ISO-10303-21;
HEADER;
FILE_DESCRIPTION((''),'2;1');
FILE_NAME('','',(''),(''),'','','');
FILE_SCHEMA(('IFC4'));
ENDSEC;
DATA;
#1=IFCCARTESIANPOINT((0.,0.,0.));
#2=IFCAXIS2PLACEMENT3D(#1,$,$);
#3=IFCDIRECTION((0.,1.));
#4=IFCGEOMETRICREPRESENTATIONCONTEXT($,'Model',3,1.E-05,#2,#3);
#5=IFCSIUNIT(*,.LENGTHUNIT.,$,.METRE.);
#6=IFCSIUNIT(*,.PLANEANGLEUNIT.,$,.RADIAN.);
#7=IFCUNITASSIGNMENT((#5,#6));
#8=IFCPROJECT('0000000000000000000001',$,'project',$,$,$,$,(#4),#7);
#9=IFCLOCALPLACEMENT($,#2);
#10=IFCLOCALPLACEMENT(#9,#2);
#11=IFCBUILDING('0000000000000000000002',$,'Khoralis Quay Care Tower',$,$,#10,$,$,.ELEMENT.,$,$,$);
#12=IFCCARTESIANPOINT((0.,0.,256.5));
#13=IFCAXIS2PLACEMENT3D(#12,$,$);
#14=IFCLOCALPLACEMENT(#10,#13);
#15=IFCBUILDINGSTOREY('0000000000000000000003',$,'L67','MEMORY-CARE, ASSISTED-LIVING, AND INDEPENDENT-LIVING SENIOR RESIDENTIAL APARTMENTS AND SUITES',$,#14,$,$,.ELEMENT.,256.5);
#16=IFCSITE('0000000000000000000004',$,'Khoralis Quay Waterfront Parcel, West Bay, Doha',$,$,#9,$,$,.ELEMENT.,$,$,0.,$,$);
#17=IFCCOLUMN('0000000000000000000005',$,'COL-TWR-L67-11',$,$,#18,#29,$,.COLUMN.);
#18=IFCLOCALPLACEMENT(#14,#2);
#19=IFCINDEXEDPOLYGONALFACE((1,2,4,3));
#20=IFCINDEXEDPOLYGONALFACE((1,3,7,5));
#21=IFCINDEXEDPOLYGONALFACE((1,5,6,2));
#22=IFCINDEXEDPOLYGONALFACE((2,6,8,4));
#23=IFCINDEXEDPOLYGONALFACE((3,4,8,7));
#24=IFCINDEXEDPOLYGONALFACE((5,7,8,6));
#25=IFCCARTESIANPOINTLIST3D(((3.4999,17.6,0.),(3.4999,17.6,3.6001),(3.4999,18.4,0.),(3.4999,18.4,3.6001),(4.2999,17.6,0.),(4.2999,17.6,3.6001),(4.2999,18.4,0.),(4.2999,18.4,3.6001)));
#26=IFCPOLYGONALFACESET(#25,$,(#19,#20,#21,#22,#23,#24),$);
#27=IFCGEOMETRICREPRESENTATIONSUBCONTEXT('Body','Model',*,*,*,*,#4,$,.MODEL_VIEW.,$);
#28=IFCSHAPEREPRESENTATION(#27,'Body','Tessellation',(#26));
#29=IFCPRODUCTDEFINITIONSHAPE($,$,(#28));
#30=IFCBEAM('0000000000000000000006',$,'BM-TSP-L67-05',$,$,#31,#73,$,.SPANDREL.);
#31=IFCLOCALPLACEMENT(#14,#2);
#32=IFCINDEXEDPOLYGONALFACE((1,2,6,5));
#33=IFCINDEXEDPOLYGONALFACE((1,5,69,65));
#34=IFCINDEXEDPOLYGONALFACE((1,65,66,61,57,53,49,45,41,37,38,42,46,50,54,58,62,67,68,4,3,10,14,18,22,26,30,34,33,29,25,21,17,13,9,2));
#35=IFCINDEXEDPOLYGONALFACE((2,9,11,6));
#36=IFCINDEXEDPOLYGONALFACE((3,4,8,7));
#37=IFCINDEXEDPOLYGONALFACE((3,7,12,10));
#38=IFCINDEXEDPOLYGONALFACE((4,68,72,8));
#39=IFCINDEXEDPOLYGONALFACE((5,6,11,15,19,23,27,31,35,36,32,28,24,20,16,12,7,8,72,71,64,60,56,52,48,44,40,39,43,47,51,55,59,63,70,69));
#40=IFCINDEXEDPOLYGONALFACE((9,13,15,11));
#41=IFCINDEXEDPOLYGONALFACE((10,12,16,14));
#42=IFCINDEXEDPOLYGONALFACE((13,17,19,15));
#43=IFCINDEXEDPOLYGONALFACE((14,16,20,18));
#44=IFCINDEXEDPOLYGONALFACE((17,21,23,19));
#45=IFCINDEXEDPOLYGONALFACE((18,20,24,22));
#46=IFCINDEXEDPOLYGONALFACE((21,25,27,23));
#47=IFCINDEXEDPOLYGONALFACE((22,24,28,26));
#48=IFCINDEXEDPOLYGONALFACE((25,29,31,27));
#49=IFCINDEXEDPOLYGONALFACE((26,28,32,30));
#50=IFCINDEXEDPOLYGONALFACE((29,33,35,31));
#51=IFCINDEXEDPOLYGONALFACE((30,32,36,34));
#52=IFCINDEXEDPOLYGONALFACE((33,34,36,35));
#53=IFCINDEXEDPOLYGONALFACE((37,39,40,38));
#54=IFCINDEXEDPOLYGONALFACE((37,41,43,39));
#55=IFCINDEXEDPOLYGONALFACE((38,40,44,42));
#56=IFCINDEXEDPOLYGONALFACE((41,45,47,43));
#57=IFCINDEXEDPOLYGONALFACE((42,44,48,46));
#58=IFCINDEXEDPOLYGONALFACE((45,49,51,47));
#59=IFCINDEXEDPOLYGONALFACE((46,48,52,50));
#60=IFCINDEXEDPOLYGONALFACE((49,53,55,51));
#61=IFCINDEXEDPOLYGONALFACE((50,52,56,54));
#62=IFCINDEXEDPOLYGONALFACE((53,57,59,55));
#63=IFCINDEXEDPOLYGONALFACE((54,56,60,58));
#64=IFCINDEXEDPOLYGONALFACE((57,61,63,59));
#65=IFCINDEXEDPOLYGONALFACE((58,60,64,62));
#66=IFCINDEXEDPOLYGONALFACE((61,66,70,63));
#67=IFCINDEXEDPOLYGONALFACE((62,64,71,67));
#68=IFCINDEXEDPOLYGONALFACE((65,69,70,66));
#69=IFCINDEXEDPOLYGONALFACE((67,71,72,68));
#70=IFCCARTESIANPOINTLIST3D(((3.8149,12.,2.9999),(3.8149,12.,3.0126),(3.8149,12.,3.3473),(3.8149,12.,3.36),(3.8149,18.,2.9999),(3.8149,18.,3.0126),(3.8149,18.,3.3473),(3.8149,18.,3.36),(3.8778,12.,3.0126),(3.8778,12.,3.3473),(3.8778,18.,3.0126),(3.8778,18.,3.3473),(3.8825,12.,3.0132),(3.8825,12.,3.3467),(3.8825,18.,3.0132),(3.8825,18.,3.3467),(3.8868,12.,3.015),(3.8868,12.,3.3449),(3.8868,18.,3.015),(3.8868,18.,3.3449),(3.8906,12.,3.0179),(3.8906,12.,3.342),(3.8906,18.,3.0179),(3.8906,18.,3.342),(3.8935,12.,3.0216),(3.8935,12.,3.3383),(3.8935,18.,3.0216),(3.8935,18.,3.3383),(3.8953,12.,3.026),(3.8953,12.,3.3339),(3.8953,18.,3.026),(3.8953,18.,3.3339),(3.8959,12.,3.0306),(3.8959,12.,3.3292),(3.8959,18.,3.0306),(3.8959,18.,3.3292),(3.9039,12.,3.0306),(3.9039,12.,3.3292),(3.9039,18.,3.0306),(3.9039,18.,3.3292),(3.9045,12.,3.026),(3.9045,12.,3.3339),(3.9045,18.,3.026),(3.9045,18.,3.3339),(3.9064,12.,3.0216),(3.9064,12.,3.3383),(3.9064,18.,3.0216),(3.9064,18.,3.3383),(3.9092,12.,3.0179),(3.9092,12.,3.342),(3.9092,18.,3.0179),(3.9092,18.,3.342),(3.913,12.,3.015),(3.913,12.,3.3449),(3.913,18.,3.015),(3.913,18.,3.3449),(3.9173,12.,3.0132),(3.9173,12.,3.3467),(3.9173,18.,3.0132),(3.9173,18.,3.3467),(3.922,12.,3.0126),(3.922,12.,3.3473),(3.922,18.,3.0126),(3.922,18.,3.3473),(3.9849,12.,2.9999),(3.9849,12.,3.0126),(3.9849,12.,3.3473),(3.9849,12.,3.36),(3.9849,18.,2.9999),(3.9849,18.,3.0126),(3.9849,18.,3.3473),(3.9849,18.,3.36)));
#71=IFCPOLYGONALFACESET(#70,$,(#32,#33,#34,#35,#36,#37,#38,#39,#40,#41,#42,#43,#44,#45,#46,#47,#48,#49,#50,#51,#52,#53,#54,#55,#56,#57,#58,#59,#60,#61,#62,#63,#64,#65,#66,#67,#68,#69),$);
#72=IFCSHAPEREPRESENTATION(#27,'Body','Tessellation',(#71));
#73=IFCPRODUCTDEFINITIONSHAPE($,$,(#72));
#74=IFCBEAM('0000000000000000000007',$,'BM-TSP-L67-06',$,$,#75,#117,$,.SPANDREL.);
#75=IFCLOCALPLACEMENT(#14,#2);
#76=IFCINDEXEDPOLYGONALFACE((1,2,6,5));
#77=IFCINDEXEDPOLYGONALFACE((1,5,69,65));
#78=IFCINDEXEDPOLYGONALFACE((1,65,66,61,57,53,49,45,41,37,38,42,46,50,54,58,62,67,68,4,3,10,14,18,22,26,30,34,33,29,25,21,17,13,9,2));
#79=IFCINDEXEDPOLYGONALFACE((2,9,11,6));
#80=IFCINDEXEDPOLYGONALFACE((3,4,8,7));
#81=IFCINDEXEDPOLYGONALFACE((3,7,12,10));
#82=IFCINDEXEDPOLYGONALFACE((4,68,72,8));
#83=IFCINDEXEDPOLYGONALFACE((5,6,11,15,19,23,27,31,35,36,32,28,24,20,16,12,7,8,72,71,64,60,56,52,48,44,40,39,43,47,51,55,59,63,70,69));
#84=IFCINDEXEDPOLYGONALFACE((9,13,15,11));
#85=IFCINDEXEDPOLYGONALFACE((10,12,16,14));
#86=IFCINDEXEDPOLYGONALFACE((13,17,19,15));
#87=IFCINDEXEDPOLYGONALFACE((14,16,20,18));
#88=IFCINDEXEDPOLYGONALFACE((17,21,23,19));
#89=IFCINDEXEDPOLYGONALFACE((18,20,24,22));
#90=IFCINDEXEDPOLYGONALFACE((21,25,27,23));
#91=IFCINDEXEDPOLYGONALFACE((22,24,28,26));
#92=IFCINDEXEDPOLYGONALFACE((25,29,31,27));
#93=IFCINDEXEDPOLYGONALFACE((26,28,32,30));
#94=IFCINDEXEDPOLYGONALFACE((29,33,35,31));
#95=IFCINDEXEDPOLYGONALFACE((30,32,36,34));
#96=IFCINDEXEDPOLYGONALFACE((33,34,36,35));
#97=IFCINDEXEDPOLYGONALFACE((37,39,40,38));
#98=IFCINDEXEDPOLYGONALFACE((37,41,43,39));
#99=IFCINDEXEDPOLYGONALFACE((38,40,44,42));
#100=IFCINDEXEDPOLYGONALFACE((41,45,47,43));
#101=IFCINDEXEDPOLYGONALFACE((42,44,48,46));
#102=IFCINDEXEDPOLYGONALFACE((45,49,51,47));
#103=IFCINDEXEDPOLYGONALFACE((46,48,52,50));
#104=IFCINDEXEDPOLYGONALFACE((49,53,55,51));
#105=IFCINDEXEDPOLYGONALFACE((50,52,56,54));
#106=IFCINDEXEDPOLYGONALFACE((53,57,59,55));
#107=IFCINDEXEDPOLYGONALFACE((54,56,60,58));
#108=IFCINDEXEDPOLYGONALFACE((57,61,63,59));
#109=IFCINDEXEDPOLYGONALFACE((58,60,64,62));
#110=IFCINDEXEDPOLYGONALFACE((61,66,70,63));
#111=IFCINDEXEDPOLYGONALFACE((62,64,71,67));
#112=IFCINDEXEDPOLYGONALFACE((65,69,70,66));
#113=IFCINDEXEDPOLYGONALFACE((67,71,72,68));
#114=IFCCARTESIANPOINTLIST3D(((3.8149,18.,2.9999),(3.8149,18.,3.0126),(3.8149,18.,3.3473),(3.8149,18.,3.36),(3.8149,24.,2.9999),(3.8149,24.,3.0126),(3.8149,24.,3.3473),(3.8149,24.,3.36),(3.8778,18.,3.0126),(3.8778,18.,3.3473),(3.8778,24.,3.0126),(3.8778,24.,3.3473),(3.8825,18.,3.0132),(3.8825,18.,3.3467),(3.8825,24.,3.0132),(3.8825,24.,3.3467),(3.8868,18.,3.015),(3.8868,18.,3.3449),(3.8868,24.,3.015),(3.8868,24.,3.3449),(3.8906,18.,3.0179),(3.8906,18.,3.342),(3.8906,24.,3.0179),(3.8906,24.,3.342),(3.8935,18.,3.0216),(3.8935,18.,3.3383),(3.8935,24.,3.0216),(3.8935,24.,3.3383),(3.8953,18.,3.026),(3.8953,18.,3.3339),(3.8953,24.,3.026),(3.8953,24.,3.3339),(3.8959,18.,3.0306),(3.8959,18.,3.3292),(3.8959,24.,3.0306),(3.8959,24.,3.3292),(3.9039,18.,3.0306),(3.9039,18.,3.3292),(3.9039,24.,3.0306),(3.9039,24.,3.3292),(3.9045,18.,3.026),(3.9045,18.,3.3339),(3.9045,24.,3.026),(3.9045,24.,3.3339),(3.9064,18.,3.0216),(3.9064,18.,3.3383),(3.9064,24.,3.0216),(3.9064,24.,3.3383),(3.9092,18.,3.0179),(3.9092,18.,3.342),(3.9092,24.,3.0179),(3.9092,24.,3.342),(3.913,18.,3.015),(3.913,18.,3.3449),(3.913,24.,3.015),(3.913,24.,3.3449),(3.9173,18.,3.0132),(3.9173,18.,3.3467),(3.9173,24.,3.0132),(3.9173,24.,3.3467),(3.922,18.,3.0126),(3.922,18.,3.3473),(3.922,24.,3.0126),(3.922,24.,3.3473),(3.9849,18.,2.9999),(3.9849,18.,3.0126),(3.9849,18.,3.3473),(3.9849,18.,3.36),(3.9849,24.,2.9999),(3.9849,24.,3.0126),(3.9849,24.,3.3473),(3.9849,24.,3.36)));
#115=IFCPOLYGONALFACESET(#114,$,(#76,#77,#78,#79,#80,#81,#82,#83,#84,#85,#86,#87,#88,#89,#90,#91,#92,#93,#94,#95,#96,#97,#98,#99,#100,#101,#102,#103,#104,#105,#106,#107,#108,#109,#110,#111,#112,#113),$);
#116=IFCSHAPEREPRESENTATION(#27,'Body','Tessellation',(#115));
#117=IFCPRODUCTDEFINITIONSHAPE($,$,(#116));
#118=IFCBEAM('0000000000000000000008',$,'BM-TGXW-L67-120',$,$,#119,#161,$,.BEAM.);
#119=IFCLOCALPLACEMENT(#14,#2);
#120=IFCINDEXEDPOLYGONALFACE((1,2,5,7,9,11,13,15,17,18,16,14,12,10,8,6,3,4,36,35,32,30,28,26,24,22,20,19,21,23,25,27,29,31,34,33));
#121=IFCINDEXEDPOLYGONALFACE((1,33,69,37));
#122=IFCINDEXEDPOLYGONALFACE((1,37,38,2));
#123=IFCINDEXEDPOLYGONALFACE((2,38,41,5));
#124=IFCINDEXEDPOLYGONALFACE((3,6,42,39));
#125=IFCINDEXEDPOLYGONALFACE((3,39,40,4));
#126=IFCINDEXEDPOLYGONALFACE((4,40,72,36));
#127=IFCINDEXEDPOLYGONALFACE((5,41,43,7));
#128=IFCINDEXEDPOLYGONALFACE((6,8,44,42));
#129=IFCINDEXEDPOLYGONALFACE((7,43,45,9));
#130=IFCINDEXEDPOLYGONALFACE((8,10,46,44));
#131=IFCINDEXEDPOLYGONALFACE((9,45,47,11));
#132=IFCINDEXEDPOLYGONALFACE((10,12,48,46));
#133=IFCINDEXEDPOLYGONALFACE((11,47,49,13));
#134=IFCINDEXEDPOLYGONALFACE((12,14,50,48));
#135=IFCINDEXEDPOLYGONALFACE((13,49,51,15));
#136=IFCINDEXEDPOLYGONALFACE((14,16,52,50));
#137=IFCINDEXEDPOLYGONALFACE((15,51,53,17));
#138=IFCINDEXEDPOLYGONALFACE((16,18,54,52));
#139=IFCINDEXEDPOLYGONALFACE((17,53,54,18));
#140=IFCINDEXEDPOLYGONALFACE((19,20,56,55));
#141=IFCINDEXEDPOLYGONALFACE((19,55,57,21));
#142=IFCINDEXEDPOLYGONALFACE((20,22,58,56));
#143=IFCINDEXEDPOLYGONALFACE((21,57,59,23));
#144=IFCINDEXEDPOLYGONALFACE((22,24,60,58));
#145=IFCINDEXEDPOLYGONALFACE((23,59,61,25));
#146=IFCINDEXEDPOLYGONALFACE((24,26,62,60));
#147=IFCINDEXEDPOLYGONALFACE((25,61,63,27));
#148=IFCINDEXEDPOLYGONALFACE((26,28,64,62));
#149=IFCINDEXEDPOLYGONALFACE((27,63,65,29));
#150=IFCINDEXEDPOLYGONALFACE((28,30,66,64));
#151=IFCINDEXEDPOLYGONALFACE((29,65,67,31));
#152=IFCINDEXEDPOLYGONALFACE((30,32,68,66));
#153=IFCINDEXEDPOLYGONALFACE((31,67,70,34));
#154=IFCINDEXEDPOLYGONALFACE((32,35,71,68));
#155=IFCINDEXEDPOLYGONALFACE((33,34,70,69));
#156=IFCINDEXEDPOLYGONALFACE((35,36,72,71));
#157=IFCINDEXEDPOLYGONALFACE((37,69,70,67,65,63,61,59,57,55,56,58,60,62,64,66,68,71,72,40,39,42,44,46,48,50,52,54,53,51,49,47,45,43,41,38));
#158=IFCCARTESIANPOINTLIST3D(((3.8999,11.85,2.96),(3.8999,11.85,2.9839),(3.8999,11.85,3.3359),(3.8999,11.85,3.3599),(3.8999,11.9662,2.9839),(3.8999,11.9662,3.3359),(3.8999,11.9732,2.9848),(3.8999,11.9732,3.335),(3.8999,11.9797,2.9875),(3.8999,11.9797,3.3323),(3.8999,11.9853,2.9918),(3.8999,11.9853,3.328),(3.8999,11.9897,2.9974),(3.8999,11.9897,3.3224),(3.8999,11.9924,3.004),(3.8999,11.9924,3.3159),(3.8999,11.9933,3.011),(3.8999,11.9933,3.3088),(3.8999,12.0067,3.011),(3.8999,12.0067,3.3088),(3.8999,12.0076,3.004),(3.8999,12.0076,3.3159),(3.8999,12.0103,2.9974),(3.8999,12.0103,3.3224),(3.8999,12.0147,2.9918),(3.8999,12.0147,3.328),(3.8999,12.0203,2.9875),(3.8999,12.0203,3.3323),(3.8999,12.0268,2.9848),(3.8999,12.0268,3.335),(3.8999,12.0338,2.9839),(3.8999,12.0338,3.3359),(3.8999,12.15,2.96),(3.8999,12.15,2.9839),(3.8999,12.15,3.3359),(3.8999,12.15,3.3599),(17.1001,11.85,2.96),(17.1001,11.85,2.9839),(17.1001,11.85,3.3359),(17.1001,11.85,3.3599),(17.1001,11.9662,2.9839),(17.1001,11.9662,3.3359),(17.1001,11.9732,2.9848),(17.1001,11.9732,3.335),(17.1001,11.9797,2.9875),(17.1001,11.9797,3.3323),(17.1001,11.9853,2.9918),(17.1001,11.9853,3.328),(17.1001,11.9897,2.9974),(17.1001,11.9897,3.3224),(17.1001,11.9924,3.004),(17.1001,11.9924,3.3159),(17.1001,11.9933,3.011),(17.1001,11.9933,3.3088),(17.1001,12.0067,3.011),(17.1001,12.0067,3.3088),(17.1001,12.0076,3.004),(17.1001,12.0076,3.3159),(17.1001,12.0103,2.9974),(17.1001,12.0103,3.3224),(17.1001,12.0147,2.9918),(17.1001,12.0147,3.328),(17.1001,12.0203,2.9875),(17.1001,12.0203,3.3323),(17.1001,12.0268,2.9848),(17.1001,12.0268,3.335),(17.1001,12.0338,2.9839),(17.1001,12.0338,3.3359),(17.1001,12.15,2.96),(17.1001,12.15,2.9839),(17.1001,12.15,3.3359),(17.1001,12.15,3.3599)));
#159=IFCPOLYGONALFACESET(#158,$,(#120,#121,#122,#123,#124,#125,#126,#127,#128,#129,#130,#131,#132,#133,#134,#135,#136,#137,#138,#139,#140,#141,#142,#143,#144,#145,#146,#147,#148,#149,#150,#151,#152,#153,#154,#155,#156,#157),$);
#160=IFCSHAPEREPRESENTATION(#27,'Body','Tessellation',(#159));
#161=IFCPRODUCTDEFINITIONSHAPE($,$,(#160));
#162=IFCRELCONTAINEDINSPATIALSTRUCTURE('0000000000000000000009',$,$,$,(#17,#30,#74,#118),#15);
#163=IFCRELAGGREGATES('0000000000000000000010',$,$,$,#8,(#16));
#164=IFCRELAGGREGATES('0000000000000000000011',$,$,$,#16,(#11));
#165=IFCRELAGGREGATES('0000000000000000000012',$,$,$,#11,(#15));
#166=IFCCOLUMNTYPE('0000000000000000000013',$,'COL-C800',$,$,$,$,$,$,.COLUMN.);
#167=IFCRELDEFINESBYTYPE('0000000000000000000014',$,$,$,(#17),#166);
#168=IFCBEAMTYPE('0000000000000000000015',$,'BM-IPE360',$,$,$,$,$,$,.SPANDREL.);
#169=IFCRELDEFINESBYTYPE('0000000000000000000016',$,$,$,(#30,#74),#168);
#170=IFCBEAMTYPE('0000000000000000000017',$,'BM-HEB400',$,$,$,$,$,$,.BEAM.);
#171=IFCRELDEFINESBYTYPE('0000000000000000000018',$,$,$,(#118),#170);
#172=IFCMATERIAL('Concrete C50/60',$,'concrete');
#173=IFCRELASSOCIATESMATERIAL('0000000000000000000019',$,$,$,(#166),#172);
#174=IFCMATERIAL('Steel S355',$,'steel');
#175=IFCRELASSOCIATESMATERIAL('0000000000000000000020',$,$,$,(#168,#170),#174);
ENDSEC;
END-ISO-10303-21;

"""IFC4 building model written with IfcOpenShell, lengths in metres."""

from ifc_helpers import new_model, si_unit, direction, frame, origin, origin_2d, place, context, subcontext, project, spatial, rectangle, i_section, extrude, source, transform, mapped, material, material_profile, profile_set, type_object, element, save


model = new_model("IFC4")

# Units and contexts
model_context = context("Model", 3, precision=1e-05, world=origin(), true_north=direction((0.0, 1.0)))
body_context = subcontext(model_context, "Body", "Model", "MODEL_VIEW")
ifc_project = project(units=[si_unit("LENGTHUNIT", "METRE"), si_unit("PLANEANGLEUNIT", "RADIAN")], contexts=[model_context])

# Site, building, storey
site_placement = place(None, origin())
site = spatial("IfcSite", under=ifc_project, at=site_placement, Name="Khoralis Quay Waterfront Parcel, West Bay, Doha", CompositionType="ELEMENT", RefElevation=0.0)
building_placement = place(site_placement, origin())
building = spatial("IfcBuilding", under=site, at=building_placement, Name="Khoralis Quay Care Tower", CompositionType="ELEMENT")
storey_placement = place(building_placement, frame((0.0, 0.0, 256.5)))
storey = spatial("IfcBuildingStorey", under=building, at=storey_placement, Name="L67", Description="MEMORY-CARE, ASSISTED-LIVING, AND INDEPENDENT-LIVING SENIOR RESIDENTIAL APARTMENTS AND SUITES", CompositionType="ELEMENT", Elevation=256.5)

# Column
ifc_material_1 = material(Name="Concrete C50/60", Category="concrete")
ifc_material_profile_1 = material_profile(ifc_material_1, rectangle(XDim=0.8, YDim=0.8, at=origin_2d()), Name="Concrete C50/60")
ifc_profile_set_1 = profile_set([ifc_material_profile_1], Name="Concrete C50/60")
column_type = type_object("IfcColumnType", Name="COL-C800", PredefinedType="COLUMN", material=ifc_profile_set_1)
shared_shape_1 = source(origin(), body_context, "Body", "SweptSolid", [
    extrude(rectangle(XDim=0.8, YDim=0.8, at=origin_2d()), origin(), (0.0, 0.0, 1.0), 3.6001),
])
column_placement = place(storey_placement, frame((3.8999, 18.0, 0.0), z_axis=(0.0, 0.0, 1.0), x_axis=(1.0, 0.0, 0.0)))
element("IfcColumn", 1, at=column_placement, inside=storey, type_object=column_type, Name="COL-TWR-L67-11", PredefinedType="COLUMN", context=body_context, shape_type="MappedRepresentation", body=[
    mapped(shared_shape_1, transform((0.0, 0.0, 0.0), scale=1.0)),
])

# Beams
ifc_material_2 = material(Name="Steel S355", Category="steel")
ifc_material_profile_2 = material_profile(ifc_material_2, i_section(OverallWidth=0.1699, OverallDepth=0.3601, WebThickness=0.0081, FlangeThickness=0.0127, FilletRadius=0.0181, at=origin_2d()), Name="Steel S355")
ifc_profile_set_2 = profile_set([ifc_material_profile_2], Name="Steel S355")
beam_type_1 = type_object("IfcBeamType", Name="BM-IPE360", PredefinedType="SPANDREL", material=ifc_profile_set_2)
shared_shape_2 = source(origin(), body_context, "Body", "SweptSolid", [
    extrude(i_section(OverallWidth=0.1699, OverallDepth=0.3601, WebThickness=0.0081, FlangeThickness=0.0127, FilletRadius=0.0181, at=origin_2d()), origin(), (0.0, 0.0, 1.0), 6.0),
])
for number, where, z_axis, x_axis, name in (
    (2, (3.8999, 12.0, 3.1799), (0.0, 1.0, 0.0), (-1.0, 0.0, 0.0), "BM-TSP-L67-05"),
    (3, (3.8999, 18.0, 3.1799), (0.0, 1.0, 0.0), (-1.0, 0.0, 0.0), "BM-TSP-L67-06"),
):
    element("IfcBeam", number, at=place(storey_placement, frame(where, z_axis=z_axis, x_axis=x_axis)), inside=storey, type_object=beam_type_1, Name=name, PredefinedType="SPANDREL", context=body_context, shape_type="MappedRepresentation", body=[
        mapped(shared_shape_2, transform((0.0, 0.0, 0.0), scale=1.0)),
    ])
ifc_material_profile_3 = material_profile(ifc_material_2, i_section(OverallWidth=0.3, OverallDepth=0.3999, WebThickness=0.0134, FlangeThickness=0.0239, FilletRadius=0.0271, at=origin_2d()), Name="Steel S355")
ifc_profile_set_3 = profile_set([ifc_material_profile_3], Name="Steel S355")
beam_type_2 = type_object("IfcBeamType", Name="BM-HEB400", PredefinedType="BEAM", material=ifc_profile_set_3)
shared_shape_3 = source(origin(), body_context, "Body", "SweptSolid", [
    extrude(i_section(OverallWidth=0.3, OverallDepth=0.3999, WebThickness=0.0134, FlangeThickness=0.0239, FilletRadius=0.0271, at=origin_2d()), origin(), (0.0, 0.0, 1.0), 13.2002),
])
beam_1_placement = place(storey_placement, frame((3.8999, 12.0, 3.1599), z_axis=(1.0, 0.0, 0.0), x_axis=(0.0, 1.0, 0.0)))
element("IfcBeam", 4, at=beam_1_placement, inside=storey, type_object=beam_type_2, Name="BM-TGXW-L67-120", PredefinedType="BEAM", context=body_context, shape_type="MappedRepresentation", body=[
    mapped(shared_shape_3, transform((0.0, 0.0, 0.0), scale=1.0)),
])

save(model, "model.ifc")
